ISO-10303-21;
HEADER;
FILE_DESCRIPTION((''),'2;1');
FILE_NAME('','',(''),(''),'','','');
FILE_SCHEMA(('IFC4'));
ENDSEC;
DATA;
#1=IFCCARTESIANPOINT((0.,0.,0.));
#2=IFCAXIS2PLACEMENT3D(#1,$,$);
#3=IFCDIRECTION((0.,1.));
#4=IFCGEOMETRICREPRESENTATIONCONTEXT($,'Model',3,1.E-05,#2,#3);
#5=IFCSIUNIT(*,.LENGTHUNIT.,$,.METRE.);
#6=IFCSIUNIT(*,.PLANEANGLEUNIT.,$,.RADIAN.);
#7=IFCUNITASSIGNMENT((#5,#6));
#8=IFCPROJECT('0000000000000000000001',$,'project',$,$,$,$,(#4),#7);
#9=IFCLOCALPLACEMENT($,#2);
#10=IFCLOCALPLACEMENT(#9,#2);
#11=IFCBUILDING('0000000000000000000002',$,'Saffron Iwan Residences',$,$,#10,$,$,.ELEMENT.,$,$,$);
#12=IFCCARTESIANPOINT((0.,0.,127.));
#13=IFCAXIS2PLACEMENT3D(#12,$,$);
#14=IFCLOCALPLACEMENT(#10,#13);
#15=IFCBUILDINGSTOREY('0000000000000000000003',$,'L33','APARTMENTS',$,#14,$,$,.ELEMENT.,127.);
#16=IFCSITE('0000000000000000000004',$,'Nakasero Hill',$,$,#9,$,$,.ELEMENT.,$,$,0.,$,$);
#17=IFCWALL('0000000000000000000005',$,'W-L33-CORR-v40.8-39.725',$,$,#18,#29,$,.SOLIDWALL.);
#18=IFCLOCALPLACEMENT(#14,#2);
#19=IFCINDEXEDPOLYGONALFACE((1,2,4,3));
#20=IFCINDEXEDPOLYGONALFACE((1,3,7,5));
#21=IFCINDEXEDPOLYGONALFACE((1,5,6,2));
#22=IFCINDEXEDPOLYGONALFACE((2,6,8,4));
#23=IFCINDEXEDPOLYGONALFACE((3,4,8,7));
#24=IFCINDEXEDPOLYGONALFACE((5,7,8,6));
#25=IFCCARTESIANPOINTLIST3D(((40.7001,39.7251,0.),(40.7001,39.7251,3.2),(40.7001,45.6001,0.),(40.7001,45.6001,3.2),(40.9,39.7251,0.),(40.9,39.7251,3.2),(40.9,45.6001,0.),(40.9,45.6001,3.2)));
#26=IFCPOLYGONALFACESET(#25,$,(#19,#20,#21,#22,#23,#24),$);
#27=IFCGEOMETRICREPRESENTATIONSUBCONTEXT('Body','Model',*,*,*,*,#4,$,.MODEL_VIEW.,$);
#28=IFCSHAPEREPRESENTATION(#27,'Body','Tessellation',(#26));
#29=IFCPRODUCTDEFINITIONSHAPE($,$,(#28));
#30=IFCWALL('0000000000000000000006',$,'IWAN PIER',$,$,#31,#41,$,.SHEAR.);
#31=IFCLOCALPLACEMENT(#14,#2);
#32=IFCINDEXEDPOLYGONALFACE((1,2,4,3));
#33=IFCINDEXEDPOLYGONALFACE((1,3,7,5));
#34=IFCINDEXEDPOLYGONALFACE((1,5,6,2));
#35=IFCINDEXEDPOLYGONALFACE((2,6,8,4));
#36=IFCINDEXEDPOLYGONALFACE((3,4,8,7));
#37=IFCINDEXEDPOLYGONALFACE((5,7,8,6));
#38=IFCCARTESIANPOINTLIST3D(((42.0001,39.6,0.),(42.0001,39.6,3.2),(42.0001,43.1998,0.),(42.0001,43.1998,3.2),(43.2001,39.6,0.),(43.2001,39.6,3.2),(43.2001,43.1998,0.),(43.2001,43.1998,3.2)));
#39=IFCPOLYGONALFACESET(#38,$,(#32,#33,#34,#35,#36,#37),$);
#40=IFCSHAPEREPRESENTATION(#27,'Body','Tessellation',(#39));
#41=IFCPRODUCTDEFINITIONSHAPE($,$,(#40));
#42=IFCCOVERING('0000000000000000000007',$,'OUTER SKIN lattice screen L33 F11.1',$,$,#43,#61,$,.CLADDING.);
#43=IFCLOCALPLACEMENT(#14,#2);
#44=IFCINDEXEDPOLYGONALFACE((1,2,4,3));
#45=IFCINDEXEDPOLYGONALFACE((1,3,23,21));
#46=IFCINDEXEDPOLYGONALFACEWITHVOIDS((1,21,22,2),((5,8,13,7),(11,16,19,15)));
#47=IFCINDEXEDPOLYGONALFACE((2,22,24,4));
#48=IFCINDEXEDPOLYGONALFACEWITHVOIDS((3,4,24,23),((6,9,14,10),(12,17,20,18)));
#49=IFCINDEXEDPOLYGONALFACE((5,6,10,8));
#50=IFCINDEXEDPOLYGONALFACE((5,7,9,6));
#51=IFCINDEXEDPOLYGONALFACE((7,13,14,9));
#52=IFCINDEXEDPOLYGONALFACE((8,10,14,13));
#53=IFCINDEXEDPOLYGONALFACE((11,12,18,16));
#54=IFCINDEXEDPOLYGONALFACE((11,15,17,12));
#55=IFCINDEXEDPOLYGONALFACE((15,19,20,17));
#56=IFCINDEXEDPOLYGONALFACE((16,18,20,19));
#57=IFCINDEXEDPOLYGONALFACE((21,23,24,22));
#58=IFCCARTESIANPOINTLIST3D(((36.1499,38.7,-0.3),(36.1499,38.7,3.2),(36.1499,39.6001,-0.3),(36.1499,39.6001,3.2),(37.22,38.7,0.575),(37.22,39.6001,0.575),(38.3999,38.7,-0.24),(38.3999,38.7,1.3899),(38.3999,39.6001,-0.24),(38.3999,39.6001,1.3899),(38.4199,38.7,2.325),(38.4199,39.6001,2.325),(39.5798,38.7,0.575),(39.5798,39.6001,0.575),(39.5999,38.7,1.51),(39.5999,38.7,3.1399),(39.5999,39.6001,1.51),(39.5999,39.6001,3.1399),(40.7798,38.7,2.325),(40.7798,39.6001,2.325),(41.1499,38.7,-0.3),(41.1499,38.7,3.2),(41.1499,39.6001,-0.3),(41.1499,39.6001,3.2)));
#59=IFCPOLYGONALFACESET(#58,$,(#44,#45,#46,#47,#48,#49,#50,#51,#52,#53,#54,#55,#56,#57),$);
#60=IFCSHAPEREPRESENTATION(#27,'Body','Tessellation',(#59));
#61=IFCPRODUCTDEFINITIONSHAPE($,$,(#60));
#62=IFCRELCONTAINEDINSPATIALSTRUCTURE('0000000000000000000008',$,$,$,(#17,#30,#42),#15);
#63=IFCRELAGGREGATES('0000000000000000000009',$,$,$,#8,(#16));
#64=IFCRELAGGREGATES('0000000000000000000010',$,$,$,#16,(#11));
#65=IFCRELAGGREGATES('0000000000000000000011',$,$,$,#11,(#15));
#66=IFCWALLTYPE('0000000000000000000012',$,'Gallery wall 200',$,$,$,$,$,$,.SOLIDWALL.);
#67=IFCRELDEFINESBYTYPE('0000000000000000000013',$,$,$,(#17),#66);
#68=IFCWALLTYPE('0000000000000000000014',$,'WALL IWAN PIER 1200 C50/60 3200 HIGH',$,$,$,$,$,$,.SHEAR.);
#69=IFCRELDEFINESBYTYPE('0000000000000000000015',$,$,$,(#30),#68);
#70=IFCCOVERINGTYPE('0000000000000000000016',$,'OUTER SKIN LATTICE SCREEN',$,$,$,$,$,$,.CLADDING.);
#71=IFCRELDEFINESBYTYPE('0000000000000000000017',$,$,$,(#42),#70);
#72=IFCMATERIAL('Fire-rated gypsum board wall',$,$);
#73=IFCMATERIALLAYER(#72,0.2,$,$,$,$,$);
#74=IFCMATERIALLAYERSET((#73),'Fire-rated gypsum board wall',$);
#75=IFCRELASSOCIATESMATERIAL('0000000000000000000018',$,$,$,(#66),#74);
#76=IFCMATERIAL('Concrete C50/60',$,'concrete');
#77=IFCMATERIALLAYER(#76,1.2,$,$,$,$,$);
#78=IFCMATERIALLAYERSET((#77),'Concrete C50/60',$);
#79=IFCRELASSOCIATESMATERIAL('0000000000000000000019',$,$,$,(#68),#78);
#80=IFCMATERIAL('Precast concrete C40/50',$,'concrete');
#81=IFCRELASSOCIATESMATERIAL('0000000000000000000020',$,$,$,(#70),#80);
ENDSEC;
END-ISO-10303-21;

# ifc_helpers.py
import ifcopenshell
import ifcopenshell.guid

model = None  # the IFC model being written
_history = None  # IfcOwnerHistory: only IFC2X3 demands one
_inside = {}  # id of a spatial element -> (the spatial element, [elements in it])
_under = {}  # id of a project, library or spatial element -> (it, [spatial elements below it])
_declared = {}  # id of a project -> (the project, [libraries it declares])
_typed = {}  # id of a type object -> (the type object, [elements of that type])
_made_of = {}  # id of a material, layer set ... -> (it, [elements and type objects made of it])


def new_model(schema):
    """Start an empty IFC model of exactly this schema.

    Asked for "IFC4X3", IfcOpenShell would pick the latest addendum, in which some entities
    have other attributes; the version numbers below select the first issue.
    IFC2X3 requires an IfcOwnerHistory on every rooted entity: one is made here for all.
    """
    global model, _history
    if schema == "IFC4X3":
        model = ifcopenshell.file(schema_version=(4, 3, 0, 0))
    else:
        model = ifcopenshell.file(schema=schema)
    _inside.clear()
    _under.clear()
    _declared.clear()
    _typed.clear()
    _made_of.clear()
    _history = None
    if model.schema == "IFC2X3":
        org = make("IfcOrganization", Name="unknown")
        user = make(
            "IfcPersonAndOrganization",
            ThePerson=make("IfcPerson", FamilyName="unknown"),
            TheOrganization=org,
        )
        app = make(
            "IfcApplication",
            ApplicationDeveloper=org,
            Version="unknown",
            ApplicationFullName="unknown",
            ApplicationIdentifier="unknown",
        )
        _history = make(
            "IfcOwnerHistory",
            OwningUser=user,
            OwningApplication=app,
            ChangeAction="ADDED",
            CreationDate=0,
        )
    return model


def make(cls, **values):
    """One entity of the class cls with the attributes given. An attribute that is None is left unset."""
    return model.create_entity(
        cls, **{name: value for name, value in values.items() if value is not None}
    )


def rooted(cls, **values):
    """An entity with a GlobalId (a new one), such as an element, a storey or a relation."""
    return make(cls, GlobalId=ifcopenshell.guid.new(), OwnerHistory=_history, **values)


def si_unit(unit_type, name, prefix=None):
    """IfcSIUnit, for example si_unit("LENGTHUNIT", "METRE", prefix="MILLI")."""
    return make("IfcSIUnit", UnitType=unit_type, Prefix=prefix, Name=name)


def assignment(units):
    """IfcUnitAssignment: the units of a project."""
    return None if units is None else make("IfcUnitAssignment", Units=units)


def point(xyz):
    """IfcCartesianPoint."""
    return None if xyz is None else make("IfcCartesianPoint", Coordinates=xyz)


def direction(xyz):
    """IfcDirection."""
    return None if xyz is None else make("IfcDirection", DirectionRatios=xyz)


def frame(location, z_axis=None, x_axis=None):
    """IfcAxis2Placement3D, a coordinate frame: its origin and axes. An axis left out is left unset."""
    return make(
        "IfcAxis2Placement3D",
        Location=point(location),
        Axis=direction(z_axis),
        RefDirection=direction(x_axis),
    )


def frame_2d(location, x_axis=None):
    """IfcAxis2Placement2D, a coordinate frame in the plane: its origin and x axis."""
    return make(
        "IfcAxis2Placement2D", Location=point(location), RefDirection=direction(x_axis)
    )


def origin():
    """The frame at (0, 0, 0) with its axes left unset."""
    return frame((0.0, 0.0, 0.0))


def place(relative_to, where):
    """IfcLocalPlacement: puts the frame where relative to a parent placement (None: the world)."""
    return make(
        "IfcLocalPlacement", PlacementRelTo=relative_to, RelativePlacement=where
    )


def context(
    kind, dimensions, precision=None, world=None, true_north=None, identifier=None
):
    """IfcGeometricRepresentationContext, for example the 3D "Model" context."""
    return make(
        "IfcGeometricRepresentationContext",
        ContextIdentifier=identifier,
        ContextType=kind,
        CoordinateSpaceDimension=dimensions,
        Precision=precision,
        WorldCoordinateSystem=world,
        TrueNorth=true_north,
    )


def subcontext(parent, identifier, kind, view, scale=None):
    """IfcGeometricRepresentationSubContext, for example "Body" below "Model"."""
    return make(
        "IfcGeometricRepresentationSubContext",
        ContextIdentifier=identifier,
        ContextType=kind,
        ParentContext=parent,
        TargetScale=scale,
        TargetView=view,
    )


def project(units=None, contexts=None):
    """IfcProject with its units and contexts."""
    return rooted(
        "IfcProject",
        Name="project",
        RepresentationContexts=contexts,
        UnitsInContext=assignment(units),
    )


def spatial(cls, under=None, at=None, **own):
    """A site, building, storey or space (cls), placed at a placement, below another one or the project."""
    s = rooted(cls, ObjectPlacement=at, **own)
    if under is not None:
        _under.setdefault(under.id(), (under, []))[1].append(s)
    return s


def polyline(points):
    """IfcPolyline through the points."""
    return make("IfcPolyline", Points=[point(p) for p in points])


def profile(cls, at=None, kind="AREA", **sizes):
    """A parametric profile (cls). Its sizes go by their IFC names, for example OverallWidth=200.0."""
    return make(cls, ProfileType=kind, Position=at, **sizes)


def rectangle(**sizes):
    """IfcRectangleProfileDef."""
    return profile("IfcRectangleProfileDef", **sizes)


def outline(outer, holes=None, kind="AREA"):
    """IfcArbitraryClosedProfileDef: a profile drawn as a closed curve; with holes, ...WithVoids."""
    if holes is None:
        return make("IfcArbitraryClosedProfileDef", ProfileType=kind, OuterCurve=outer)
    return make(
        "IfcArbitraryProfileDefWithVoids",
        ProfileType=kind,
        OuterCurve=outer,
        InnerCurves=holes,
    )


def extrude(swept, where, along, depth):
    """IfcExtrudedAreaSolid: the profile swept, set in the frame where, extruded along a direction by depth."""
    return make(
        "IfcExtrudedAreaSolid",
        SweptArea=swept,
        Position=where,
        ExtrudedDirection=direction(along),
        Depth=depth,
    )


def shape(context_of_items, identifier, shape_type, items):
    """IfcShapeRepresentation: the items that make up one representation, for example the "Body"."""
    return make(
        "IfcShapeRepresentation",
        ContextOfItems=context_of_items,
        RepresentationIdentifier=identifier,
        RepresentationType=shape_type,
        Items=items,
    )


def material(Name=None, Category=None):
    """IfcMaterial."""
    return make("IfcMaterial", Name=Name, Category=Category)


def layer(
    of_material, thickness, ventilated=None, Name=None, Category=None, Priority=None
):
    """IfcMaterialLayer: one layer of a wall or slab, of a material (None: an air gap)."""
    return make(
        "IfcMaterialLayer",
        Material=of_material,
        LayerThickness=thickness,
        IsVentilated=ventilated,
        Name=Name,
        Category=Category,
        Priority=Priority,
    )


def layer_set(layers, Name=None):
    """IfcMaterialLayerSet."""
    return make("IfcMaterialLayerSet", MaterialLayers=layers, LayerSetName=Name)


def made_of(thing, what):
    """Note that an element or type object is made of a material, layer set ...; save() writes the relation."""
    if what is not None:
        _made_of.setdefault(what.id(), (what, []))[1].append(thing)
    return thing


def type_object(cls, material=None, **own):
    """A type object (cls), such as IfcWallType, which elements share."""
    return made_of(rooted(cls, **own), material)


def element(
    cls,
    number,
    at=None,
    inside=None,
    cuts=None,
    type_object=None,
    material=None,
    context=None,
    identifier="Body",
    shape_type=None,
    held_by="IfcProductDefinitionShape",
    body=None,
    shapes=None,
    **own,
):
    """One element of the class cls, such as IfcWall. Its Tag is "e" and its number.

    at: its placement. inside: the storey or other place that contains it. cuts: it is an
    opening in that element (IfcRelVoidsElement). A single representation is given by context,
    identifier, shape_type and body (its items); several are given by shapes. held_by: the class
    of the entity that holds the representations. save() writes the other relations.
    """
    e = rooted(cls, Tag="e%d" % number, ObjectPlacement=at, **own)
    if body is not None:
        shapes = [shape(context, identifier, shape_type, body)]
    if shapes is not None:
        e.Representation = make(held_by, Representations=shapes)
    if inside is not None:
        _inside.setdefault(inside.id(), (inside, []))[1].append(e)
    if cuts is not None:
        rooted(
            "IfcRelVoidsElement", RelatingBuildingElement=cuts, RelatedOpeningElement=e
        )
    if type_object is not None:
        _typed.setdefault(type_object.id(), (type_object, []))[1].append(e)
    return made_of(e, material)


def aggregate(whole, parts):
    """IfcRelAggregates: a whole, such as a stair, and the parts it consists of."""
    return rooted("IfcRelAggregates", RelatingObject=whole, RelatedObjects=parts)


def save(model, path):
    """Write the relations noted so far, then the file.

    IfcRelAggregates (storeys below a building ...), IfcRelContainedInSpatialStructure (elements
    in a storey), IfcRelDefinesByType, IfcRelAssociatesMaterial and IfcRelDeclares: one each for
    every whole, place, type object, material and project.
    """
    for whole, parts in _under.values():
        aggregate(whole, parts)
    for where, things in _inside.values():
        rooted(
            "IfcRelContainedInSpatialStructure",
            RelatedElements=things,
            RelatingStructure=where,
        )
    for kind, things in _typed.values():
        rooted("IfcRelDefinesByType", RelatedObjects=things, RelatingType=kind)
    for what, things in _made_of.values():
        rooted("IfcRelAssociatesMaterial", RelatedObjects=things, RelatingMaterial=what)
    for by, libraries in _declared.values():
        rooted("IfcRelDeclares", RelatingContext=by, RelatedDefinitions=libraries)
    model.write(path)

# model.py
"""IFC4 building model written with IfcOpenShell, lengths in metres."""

from ifc_helpers import new_model, si_unit, direction, frame, frame_2d, origin, place, context, subcontext, project, spatial, polyline, rectangle, outline, extrude, material, layer, layer_set, type_object, element, save


model = new_model("IFC4")

# Units and contexts
model_context = context("Model", 3, precision=1e-05, world=origin(), true_north=direction((0.0, 1.0)))
body_context = subcontext(model_context, "Body", "Model", "MODEL_VIEW")
ifc_project = project(units=[si_unit("LENGTHUNIT", "METRE"), si_unit("PLANEANGLEUNIT", "RADIAN")], contexts=[model_context])

# Site, building, storey
site_placement = place(None, origin())
site = spatial("IfcSite", under=ifc_project, at=site_placement, Name="Nakasero Hill", CompositionType="ELEMENT", RefElevation=0.0)
building_placement = place(site_placement, origin())
building = spatial("IfcBuilding", under=site, at=building_placement, Name="Saffron Iwan Residences", CompositionType="ELEMENT")
storey_placement = place(building_placement, frame((0.0, 0.0, 127.0)))
storey = spatial("IfcBuildingStorey", under=building, at=storey_placement, Name="L33", Description="APARTMENTS", CompositionType="ELEMENT", Elevation=127.0)

# Shared definitions
ifc_material_1 = material(Name="Concrete C50/60", Category="concrete")

# Shared definitions
ifc_material_2 = material(Name="Fire-rated gypsum board wall")
ifc_layer_1 = layer(ifc_material_2, 0.2)
ifc_layer_set_1 = layer_set([ifc_layer_1], Name="Fire-rated gypsum board wall")
wall_type_1 = type_object("IfcWallType", Name="Gallery wall 200", PredefinedType="SOLIDWALL", material=ifc_layer_set_1)

# Walls
wall_1_placement = place(storey_placement, frame((40.8, 39.7251, 0.0), z_axis=(0.0, 0.0, 1.0), x_axis=(0.0, 1.0, 0.0)))
element("IfcWall", 1, at=wall_1_placement, inside=storey, type_object=wall_type_1, Name="W-L33-CORR-v40.8-39.725", PredefinedType="SOLIDWALL", context=body_context, shape_type="SweptSolid", body=[
    extrude(rectangle(XDim=5.875, YDim=0.2, at=frame_2d((2.9375, 0.0))), origin(), (0.0, 0.0, 1.0), 3.2),
])
ifc_layer_2 = layer(ifc_material_1, 1.2)
ifc_layer_set_2 = layer_set([ifc_layer_2], Name="Concrete C50/60")
wall_type_2 = type_object("IfcWallType", Name="WALL IWAN PIER 1200 C50/60 3200 HIGH", PredefinedType="SHEAR", material=ifc_layer_set_2)
wall_2_placement = place(storey_placement, frame((42.6001, 39.6001, 0.0), z_axis=(0.0, 0.0, 1.0), x_axis=(0.0, 1.0, 0.0)))
element("IfcWall", 2, at=wall_2_placement, inside=storey, type_object=wall_type_2, Name="IWAN PIER", PredefinedType="SHEAR", context=body_context, shape_type="SweptSolid", body=[
    extrude(rectangle(XDim=3.5999, YDim=1.2, at=frame_2d((1.7998, 0.0))), origin(), (0.0, 0.0, 1.0), 3.2),
])

# Covering
ifc_material_3 = material(Name="Precast concrete C40/50", Category="concrete")
covering_type = type_object("IfcCoveringType", Name="OUTER SKIN LATTICE SCREEN", PredefinedType="CLADDING", material=ifc_material_3)
covering_placement = place(storey_placement, frame((36.1499, 39.6001, -0.3), z_axis=(0.0, -1.0, 0.0), x_axis=(1.0, 0.0, 0.0)))
element("IfcCovering", 3, at=covering_placement, inside=storey, type_object=covering_type, Name="OUTER SKIN lattice screen L33 F11.1", PredefinedType="CLADDING", context=body_context, shape_type="SweptSolid", body=[
    extrude(outline(polyline([(0.0, 0.0), (5.0, 0.0), (5.0, 3.5), (0.0, 3.5), (0.0, 0.0)]), holes=[polyline([(1.0701, 0.875), (2.25, 0.0601), (3.4299, 0.875), (2.25, 1.6899), (1.0701, 0.875)]), polyline([(2.27, 2.625), (3.45, 1.8101), (4.6299, 2.625), (3.45, 3.4399), (2.27, 2.625)])]), origin(), (0.0, 0.0, 1.0), 0.9001),
])

save(model, "model.ifc")
